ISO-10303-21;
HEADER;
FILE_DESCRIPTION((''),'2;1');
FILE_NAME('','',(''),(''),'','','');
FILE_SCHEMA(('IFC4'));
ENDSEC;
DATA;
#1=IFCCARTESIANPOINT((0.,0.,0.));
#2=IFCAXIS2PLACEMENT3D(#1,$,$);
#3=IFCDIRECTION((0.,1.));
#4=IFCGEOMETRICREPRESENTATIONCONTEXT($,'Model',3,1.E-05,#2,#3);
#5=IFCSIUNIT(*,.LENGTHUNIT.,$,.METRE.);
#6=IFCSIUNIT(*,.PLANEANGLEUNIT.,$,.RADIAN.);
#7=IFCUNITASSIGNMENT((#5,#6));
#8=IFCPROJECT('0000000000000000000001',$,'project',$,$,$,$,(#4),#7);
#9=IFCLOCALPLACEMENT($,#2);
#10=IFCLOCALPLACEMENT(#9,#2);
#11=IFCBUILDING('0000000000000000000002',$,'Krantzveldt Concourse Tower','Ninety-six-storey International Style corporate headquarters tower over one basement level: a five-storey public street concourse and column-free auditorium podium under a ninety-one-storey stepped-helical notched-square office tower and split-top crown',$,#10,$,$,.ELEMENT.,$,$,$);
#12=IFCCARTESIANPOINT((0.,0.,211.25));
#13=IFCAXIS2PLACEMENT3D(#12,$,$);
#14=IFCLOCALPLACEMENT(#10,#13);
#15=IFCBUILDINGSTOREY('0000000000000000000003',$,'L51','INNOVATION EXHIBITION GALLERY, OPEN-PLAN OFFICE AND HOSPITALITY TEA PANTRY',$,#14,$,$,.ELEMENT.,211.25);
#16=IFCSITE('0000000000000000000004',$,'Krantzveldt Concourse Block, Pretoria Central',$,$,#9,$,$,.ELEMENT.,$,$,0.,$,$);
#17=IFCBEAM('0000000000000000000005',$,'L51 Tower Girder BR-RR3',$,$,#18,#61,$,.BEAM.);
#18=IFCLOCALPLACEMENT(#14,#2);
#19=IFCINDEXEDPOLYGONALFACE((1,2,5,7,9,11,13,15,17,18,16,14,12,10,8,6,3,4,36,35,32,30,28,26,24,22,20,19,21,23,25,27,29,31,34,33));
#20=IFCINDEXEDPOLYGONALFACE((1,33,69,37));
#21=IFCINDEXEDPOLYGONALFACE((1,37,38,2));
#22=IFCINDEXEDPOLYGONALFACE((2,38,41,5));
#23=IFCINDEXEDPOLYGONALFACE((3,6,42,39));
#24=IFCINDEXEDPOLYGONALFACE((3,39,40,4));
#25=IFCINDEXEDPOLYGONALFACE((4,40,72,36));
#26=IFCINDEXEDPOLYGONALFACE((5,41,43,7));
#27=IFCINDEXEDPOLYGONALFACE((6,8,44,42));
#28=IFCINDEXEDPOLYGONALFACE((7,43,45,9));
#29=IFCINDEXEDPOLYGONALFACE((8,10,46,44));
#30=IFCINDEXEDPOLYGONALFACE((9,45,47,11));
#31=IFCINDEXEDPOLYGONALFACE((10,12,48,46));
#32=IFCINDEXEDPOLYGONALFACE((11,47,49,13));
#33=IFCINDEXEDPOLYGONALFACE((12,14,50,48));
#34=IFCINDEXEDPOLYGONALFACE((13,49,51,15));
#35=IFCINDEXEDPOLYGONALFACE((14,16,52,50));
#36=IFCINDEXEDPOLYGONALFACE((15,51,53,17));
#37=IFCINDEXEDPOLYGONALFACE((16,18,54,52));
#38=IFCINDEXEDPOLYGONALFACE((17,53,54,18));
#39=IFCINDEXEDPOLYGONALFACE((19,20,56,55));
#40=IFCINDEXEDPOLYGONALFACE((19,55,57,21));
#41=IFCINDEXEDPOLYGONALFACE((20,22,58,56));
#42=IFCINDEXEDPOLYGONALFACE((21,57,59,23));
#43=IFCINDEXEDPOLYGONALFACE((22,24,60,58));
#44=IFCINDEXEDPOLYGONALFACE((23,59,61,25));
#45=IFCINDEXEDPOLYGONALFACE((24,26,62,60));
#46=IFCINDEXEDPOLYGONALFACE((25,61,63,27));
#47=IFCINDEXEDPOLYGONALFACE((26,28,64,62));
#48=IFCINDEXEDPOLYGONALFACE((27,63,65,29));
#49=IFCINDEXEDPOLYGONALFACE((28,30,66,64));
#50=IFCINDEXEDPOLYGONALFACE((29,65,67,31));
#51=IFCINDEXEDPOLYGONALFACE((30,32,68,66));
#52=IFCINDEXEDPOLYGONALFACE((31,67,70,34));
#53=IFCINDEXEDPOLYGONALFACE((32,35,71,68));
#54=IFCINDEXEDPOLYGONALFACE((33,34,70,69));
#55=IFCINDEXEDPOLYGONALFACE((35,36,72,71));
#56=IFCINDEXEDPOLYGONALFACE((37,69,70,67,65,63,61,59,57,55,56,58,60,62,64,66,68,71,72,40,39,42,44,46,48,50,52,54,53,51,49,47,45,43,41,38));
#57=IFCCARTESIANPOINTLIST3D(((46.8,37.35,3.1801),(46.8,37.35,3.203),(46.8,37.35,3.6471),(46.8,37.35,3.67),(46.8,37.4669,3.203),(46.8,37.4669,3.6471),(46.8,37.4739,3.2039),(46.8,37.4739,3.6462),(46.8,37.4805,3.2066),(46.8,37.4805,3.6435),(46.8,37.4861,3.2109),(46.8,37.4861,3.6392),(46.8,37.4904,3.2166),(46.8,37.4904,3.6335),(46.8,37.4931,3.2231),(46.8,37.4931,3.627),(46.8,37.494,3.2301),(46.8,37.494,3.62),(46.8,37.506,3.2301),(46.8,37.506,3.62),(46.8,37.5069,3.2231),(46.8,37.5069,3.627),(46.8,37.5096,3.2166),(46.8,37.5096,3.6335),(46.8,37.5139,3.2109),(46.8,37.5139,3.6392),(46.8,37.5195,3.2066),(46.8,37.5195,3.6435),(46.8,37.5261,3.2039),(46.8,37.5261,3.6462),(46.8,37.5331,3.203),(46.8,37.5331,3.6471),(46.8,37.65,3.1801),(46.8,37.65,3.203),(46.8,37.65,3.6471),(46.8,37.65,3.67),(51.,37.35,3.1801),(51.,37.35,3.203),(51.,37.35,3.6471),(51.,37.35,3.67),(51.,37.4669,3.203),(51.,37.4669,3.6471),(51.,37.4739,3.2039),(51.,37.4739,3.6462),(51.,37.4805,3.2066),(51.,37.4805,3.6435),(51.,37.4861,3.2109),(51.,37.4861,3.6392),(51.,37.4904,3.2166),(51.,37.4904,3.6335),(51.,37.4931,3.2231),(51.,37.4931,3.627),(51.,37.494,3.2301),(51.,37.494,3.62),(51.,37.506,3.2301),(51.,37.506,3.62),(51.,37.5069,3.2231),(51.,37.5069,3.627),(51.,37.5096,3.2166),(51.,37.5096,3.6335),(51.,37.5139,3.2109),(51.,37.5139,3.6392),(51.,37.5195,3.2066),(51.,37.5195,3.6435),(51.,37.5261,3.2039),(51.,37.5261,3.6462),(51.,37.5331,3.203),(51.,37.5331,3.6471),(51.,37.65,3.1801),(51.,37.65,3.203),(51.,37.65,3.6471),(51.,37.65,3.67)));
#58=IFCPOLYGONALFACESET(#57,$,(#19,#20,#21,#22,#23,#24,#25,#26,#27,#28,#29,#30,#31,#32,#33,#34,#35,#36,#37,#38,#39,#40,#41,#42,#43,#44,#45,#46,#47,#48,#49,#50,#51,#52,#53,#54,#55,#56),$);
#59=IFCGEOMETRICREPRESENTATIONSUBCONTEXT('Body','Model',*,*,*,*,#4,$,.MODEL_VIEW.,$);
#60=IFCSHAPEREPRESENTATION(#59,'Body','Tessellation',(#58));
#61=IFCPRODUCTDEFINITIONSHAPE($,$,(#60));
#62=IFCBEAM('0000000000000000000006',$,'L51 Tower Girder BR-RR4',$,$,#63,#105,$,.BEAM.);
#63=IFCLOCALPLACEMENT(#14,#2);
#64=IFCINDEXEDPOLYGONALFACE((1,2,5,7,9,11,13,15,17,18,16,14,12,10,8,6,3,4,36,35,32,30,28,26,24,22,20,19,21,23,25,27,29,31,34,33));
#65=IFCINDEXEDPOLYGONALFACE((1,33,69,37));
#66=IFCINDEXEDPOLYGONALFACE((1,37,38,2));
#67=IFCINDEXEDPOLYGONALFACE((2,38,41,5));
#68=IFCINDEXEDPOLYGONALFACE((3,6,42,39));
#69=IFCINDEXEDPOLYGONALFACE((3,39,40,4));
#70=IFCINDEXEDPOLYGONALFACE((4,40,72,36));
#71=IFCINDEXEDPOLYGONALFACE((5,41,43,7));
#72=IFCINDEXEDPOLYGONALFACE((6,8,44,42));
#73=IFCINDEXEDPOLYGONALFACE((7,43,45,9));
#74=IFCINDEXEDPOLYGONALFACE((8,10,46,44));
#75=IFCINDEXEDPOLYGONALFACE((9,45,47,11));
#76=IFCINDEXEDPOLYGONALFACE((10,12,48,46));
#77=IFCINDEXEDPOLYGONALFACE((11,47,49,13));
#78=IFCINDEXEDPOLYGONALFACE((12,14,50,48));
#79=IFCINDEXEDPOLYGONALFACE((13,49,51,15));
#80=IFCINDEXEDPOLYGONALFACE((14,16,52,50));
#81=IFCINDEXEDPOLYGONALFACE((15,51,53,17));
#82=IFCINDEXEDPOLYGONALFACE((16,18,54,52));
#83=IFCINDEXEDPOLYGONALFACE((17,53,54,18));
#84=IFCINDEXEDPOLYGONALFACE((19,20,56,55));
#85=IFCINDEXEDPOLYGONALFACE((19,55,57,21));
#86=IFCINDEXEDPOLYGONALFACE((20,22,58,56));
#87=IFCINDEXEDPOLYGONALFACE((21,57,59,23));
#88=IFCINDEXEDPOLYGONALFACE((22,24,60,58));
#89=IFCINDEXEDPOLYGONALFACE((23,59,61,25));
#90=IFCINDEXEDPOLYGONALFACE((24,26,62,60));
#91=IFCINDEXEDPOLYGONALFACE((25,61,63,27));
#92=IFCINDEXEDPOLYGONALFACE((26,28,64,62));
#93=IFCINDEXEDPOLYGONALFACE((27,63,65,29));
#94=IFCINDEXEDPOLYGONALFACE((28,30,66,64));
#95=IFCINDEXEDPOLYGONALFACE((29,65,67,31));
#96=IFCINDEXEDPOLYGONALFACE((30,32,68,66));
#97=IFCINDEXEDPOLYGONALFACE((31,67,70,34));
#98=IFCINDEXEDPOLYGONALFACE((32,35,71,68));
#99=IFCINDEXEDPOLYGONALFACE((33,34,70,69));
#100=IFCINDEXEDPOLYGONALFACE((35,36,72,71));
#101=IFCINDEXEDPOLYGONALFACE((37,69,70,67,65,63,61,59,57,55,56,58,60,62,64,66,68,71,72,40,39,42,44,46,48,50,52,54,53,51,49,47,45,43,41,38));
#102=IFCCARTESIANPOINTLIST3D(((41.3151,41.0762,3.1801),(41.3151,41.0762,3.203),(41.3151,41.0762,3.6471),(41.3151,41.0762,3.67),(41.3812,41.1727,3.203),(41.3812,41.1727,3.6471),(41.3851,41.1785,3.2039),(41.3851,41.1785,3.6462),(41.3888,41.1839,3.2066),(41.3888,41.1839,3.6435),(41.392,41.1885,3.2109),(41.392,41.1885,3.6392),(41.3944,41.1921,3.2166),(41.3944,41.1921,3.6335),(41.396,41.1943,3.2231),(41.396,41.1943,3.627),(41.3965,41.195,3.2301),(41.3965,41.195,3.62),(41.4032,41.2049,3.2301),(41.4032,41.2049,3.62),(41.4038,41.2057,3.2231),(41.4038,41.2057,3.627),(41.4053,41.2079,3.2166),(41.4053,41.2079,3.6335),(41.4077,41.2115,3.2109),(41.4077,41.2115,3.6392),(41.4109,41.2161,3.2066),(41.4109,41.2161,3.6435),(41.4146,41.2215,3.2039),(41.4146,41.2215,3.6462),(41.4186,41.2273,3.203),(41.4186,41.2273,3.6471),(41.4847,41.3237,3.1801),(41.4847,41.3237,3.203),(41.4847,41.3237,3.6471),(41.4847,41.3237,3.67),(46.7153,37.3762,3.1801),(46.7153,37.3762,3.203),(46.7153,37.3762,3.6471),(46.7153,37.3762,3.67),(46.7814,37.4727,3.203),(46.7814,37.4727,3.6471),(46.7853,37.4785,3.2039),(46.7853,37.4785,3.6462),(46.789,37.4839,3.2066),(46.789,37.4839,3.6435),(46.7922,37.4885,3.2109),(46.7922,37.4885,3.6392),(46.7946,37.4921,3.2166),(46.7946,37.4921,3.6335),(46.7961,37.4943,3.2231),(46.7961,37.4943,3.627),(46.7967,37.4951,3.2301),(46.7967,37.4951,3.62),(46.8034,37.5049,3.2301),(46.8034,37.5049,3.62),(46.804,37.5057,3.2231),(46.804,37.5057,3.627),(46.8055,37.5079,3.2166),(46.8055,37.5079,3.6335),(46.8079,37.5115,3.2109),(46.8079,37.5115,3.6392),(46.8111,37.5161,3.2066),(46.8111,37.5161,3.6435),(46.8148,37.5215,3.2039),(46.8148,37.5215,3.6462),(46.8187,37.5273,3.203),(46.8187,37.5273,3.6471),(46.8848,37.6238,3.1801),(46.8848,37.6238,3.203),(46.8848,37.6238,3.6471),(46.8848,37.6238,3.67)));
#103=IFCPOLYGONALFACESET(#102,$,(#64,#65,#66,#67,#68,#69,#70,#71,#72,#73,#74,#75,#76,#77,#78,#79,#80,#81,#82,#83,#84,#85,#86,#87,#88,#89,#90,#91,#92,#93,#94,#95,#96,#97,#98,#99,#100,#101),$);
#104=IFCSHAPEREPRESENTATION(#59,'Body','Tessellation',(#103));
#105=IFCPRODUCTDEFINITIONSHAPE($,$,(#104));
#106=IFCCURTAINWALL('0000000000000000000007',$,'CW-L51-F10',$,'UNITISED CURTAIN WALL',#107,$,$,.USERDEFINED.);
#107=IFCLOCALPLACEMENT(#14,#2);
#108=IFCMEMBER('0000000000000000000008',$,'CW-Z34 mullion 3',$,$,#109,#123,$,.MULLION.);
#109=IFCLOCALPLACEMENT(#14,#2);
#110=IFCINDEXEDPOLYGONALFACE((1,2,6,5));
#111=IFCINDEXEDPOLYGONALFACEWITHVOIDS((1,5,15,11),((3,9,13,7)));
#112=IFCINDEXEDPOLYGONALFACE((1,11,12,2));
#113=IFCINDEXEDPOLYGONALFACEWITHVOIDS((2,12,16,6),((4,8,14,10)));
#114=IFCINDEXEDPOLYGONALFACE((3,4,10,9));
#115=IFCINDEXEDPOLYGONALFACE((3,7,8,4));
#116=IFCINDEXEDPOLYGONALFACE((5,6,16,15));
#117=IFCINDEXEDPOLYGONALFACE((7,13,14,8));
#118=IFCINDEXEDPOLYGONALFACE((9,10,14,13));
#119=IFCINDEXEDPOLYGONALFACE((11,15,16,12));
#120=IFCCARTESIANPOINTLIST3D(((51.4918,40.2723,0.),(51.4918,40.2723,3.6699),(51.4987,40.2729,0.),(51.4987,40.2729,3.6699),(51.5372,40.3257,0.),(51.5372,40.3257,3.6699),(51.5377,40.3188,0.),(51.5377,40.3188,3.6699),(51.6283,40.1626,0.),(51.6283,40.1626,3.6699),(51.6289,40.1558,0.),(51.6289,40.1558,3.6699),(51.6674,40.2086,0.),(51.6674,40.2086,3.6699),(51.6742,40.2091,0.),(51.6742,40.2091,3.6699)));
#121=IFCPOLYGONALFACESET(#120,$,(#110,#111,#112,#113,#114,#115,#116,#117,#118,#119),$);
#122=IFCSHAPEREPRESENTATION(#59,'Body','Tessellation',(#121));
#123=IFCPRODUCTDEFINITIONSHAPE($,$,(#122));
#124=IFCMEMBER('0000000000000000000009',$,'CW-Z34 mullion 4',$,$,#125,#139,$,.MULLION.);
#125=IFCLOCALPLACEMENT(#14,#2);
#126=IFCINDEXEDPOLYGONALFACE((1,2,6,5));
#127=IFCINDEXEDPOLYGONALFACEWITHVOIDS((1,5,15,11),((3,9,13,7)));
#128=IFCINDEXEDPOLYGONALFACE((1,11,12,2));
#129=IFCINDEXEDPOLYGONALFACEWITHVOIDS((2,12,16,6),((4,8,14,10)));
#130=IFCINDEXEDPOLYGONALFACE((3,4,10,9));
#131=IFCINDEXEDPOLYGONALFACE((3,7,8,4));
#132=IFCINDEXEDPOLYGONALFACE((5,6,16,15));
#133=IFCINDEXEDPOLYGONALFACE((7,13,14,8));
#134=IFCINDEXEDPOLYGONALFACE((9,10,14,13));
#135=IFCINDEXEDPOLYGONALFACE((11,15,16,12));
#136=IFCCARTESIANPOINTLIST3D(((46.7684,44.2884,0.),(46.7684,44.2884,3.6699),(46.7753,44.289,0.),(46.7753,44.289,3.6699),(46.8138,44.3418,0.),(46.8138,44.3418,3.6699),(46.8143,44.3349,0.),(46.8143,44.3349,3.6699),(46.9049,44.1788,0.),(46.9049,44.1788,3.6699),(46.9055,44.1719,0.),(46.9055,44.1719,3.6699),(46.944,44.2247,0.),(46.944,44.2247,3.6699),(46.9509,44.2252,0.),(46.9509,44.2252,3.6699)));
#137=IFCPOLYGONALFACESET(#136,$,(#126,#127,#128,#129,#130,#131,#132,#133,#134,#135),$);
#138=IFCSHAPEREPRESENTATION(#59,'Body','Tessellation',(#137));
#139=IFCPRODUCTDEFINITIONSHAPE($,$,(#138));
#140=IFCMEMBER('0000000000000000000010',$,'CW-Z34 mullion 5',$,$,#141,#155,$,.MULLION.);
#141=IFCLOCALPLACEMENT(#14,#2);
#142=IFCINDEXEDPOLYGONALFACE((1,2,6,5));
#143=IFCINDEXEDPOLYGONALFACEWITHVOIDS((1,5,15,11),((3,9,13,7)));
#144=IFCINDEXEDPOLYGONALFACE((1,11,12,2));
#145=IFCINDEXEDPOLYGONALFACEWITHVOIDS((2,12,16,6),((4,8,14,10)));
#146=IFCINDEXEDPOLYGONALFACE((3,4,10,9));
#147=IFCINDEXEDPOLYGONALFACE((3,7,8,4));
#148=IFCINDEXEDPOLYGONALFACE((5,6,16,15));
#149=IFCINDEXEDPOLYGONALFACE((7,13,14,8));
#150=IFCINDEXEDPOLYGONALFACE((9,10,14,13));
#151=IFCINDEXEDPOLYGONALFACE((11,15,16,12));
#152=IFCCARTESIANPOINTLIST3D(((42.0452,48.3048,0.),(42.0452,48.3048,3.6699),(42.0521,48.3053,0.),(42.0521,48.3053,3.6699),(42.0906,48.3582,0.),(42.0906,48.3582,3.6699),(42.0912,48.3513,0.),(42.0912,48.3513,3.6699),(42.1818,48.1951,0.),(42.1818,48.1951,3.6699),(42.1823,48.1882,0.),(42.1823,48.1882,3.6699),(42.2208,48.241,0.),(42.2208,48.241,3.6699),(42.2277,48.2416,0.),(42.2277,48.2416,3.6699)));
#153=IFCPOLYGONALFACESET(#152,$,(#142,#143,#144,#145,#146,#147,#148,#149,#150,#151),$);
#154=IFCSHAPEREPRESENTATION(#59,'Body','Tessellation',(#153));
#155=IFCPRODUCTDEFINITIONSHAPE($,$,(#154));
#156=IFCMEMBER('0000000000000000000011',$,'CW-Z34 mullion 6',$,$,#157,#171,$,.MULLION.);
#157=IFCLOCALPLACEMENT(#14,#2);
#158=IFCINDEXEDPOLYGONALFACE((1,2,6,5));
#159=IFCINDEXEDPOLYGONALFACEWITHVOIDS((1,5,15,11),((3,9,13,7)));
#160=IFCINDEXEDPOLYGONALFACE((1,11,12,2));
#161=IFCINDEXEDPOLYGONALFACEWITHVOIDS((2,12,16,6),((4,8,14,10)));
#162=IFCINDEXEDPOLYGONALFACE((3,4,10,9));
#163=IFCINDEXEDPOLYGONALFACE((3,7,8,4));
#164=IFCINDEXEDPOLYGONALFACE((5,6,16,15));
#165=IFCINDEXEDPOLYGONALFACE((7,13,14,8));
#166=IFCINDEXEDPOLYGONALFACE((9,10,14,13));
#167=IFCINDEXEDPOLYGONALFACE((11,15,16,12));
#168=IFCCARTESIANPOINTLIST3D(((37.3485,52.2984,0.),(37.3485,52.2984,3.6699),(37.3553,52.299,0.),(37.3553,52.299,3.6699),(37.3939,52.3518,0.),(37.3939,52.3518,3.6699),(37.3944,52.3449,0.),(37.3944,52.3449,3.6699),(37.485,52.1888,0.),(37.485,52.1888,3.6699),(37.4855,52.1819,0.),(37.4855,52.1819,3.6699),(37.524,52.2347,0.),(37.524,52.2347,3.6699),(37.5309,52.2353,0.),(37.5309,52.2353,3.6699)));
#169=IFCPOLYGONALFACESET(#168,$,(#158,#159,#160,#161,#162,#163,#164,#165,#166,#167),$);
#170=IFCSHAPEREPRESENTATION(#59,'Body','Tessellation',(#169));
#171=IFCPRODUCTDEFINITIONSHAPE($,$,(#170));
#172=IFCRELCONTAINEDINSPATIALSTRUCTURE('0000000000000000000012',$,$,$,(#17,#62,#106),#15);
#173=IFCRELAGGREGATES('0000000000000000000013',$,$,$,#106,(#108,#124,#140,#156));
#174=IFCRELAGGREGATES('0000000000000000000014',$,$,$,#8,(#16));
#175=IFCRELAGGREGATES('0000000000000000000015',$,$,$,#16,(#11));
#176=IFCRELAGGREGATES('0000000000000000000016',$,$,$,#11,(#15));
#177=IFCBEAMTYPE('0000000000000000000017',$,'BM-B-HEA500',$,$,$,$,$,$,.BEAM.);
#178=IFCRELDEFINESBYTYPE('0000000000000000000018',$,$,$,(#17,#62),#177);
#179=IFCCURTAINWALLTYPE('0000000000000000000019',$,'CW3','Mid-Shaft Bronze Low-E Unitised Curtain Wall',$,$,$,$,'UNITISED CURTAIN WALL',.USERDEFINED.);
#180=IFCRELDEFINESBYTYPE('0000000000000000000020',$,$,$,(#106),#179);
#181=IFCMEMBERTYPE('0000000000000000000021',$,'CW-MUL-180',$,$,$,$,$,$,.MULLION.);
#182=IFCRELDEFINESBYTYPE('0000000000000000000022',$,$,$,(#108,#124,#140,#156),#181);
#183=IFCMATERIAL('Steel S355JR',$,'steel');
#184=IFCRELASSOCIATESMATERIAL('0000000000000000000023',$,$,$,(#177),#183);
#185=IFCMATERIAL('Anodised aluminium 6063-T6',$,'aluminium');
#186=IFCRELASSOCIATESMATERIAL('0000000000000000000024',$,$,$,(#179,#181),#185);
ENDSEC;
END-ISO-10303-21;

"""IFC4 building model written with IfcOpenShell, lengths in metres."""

from ifc_helpers import new_model, si_unit, direction, frame, origin, origin_2d, place, context, subcontext, project, spatial, hollow_rectangle, i_section, extrude, source, transform, mapped, material, material_profile, profile_set, type_object, type_shapes, element, aggregate, save


model = new_model("IFC4")

# Units and contexts
model_context = context("Model", 3, precision=1e-05, world=origin(), true_north=direction((0.0, 1.0)))
body_context = subcontext(model_context, "Body", "Model", "MODEL_VIEW")
ifc_project = project(units=[si_unit("LENGTHUNIT", "METRE"), si_unit("PLANEANGLEUNIT", "RADIAN")], contexts=[model_context])

# Site, building, storey
site_placement = place(None, origin())
site = spatial("IfcSite", under=ifc_project, at=site_placement, Name="Krantzveldt Concourse Block, Pretoria Central", CompositionType="ELEMENT", RefElevation=0.0)
building_placement = place(site_placement, origin())
building = spatial("IfcBuilding", under=site, at=building_placement, Name="Krantzveldt Concourse Tower", Description="Ninety-six-storey International Style corporate headquarters tower over one basement level: a five-storey public street concourse and column-free auditorium podium under a ninety-one-storey stepped-helical notched-square office tower and split-top crown", CompositionType="ELEMENT")
storey_placement = place(building_placement, frame((0.0, 0.0, 211.25)))
storey = spatial("IfcBuildingStorey", under=building, at=storey_placement, Name="L51", Description="INNOVATION EXHIBITION GALLERY, OPEN-PLAN OFFICE AND HOSPITALITY TEA PANTRY", CompositionType="ELEMENT", Elevation=211.25)

# Beams
ifc_material_1 = material(Name="Steel S355JR", Category="steel")
ifc_material_profile_1 = material_profile(ifc_material_1, i_section(OverallWidth=0.3, OverallDepth=0.49, WebThickness=0.012, FlangeThickness=0.0229, FilletRadius=0.0271, at=origin_2d()), Name="Steel S355JR", Category="steel")
ifc_profile_set_1 = profile_set([ifc_material_profile_1], Name="Steel S355JR - HEA 500")
beam_type_1 = type_object("IfcBeamType", Name="BM-B-HEA500", PredefinedType="BEAM", material=ifc_profile_set_1)
shared_shape_1 = source(origin(), body_context, "Body", "SweptSolid", [
    extrude(i_section(OverallWidth=0.3, OverallDepth=0.49, WebThickness=0.012, FlangeThickness=0.0229, FilletRadius=0.0271, at=origin_2d()), origin(), (0.0, 0.0, 1.0), 4.2),
])
beam_1_placement = place(storey_placement, frame((46.8, 37.5, 3.425), z_axis=(1.0, 0.0, 0.0), x_axis=(0.0, 1.0, 0.0)))
element("IfcBeam", 1, at=beam_1_placement, inside=storey, type_object=beam_type_1, Name="L51 Tower Girder BR-RR3", PredefinedType="BEAM", context=body_context, shape_type="MappedRepresentation", body=[
    mapped(shared_shape_1, transform((0.0, 0.0, 0.0), x_axis=(1.0, 0.0, 0.0), y_axis=(0.0, 1.0, 0.0), z_axis=(0.0, 0.0, 1.0), scale=1.0)),
])
shared_shape_2 = source(origin(), body_context, "Body", "SweptSolid", [
    extrude(i_section(OverallWidth=0.3, OverallDepth=0.49, WebThickness=0.012, FlangeThickness=0.0229, FilletRadius=0.0271, at=origin_2d()), origin(), (0.0, 0.0, 1.0), 6.5461),
])
type_shapes(beam_type_1, [shared_shape_1, shared_shape_2])
beam_2_placement = place(storey_placement, frame((46.8, 37.5, 3.425), z_axis=(-0.824943, 0.565216, 0.0), x_axis=(-0.565216, -0.824943, 0.0)))
element("IfcBeam", 2, at=beam_2_placement, inside=storey, type_object=beam_type_1, Name="L51 Tower Girder BR-RR4", PredefinedType="BEAM", context=body_context, shape_type="MappedRepresentation", body=[
    mapped(shared_shape_2, transform((0.0, 0.0, 0.0), x_axis=(1.0, 0.0, 0.0), y_axis=(0.0, 1.0, 0.0), z_axis=(0.0, 0.0, 1.0), scale=1.0)),
])

# Curtain wall, members
ifc_material_2 = material(Name="Anodised aluminium 6063-T6", Category="aluminium")
curtain_wall_type = type_object("IfcCurtainWallType", Name="CW3", Description="Mid-Shaft Bronze Low-E Unitised Curtain Wall", ElementType="UNITISED CURTAIN WALL", PredefinedType="USERDEFINED", material=ifc_material_2)
curtain_wall_placement = place(storey_placement, origin())
curtain_wall = element("IfcCurtainWall", 3, at=curtain_wall_placement, inside=storey, type_object=curtain_wall_type, Name="CW-L51-F10", ObjectType="UNITISED CURTAIN WALL", PredefinedType="USERDEFINED")
ifc_material_profile_2 = material_profile(ifc_material_2, hollow_rectangle(XDim=0.0701, YDim=0.1799, WallThickness=0.0049, at=origin_2d()), Name="Anodised aluminium 6063-T6", Category="aluminium")
ifc_profile_set_2 = profile_set([ifc_material_profile_2], Name="Anodised aluminium 6063-T6 - ALU-MULL 180x70x5")
member_type_1 = type_object("IfcMemberType", Name="CW-MUL-180", PredefinedType="MULLION", material=ifc_profile_set_2)
shared_shape_3 = source(origin(), body_context, "Body", "SweptSolid", [
    extrude(hollow_rectangle(XDim=0.0701, YDim=0.1799, WallThickness=0.0049, at=origin_2d()), origin(), (0.0, 0.0, 1.0), 3.6699),
])
type_shapes(member_type_1, [shared_shape_3])
member_1_placement = place(storey_placement, frame((51.583, 40.2407, 0.0), z_axis=(0.0, 0.0, 1.0), x_axis=(-0.647788, -0.761821, 0.0)))
member_1 = element("IfcMember", 4, at=member_1_placement, type_object=member_type_1, Name="CW-Z34 mullion 3", PredefinedType="MULLION", context=body_context, shape_type="MappedRepresentation", body=[
    mapped(shared_shape_3, transform((0.0, 0.0, 0.0), x_axis=(1.0, 0.0, 0.0), y_axis=(0.0, 1.0, 0.0), z_axis=(0.0, 0.0, 1.0), scale=1.0)),
])
member_2_placement = place(storey_placement, frame((46.8596, 44.2568, 0.0), z_axis=(0.0, 0.0, 1.0), x_axis=(-0.647788, -0.761821, 0.0)))
member_2 = element("IfcMember", 5, at=member_2_placement, type_object=member_type_1, Name="CW-Z34 mullion 4", PredefinedType="MULLION", context=body_context, shape_type="MappedRepresentation", body=[
    mapped(shared_shape_3, transform((0.0, 0.0, 0.0), x_axis=(1.0, 0.0, 0.0), y_axis=(0.0, 1.0, 0.0), z_axis=(0.0, 0.0, 1.0), scale=1.0)),
])
member_3_placement = place(storey_placement, frame((42.1365, 48.2732, 0.0), z_axis=(0.0, 0.0, 1.0), x_axis=(-0.647788, -0.761821, 0.0)))
member_3 = element("IfcMember", 6, at=member_3_placement, type_object=member_type_1, Name="CW-Z34 mullion 5", PredefinedType="MULLION", context=body_context, shape_type="MappedRepresentation", body=[
    mapped(shared_shape_3, transform((0.0, 0.0, 0.0), x_axis=(1.0, 0.0, 0.0), y_axis=(0.0, 1.0, 0.0), z_axis=(0.0, 0.0, 1.0), scale=1.0)),
])
member_4_placement = place(storey_placement, frame((37.4397, 52.2668, 0.0), z_axis=(0.0, 0.0, 1.0), x_axis=(-0.647788, -0.761821, 0.0)))
member_4 = element("IfcMember", 7, at=member_4_placement, type_object=member_type_1, Name="CW-Z34 mullion 6", PredefinedType="MULLION", context=body_context, shape_type="MappedRepresentation", body=[
    mapped(shared_shape_3, transform((0.0, 0.0, 0.0), x_axis=(1.0, 0.0, 0.0), y_axis=(0.0, 1.0, 0.0), z_axis=(0.0, 0.0, 1.0), scale=1.0)),
])
aggregate(curtain_wall, [member_1, member_2, member_3, member_4])

save(model, "model.ifc")
